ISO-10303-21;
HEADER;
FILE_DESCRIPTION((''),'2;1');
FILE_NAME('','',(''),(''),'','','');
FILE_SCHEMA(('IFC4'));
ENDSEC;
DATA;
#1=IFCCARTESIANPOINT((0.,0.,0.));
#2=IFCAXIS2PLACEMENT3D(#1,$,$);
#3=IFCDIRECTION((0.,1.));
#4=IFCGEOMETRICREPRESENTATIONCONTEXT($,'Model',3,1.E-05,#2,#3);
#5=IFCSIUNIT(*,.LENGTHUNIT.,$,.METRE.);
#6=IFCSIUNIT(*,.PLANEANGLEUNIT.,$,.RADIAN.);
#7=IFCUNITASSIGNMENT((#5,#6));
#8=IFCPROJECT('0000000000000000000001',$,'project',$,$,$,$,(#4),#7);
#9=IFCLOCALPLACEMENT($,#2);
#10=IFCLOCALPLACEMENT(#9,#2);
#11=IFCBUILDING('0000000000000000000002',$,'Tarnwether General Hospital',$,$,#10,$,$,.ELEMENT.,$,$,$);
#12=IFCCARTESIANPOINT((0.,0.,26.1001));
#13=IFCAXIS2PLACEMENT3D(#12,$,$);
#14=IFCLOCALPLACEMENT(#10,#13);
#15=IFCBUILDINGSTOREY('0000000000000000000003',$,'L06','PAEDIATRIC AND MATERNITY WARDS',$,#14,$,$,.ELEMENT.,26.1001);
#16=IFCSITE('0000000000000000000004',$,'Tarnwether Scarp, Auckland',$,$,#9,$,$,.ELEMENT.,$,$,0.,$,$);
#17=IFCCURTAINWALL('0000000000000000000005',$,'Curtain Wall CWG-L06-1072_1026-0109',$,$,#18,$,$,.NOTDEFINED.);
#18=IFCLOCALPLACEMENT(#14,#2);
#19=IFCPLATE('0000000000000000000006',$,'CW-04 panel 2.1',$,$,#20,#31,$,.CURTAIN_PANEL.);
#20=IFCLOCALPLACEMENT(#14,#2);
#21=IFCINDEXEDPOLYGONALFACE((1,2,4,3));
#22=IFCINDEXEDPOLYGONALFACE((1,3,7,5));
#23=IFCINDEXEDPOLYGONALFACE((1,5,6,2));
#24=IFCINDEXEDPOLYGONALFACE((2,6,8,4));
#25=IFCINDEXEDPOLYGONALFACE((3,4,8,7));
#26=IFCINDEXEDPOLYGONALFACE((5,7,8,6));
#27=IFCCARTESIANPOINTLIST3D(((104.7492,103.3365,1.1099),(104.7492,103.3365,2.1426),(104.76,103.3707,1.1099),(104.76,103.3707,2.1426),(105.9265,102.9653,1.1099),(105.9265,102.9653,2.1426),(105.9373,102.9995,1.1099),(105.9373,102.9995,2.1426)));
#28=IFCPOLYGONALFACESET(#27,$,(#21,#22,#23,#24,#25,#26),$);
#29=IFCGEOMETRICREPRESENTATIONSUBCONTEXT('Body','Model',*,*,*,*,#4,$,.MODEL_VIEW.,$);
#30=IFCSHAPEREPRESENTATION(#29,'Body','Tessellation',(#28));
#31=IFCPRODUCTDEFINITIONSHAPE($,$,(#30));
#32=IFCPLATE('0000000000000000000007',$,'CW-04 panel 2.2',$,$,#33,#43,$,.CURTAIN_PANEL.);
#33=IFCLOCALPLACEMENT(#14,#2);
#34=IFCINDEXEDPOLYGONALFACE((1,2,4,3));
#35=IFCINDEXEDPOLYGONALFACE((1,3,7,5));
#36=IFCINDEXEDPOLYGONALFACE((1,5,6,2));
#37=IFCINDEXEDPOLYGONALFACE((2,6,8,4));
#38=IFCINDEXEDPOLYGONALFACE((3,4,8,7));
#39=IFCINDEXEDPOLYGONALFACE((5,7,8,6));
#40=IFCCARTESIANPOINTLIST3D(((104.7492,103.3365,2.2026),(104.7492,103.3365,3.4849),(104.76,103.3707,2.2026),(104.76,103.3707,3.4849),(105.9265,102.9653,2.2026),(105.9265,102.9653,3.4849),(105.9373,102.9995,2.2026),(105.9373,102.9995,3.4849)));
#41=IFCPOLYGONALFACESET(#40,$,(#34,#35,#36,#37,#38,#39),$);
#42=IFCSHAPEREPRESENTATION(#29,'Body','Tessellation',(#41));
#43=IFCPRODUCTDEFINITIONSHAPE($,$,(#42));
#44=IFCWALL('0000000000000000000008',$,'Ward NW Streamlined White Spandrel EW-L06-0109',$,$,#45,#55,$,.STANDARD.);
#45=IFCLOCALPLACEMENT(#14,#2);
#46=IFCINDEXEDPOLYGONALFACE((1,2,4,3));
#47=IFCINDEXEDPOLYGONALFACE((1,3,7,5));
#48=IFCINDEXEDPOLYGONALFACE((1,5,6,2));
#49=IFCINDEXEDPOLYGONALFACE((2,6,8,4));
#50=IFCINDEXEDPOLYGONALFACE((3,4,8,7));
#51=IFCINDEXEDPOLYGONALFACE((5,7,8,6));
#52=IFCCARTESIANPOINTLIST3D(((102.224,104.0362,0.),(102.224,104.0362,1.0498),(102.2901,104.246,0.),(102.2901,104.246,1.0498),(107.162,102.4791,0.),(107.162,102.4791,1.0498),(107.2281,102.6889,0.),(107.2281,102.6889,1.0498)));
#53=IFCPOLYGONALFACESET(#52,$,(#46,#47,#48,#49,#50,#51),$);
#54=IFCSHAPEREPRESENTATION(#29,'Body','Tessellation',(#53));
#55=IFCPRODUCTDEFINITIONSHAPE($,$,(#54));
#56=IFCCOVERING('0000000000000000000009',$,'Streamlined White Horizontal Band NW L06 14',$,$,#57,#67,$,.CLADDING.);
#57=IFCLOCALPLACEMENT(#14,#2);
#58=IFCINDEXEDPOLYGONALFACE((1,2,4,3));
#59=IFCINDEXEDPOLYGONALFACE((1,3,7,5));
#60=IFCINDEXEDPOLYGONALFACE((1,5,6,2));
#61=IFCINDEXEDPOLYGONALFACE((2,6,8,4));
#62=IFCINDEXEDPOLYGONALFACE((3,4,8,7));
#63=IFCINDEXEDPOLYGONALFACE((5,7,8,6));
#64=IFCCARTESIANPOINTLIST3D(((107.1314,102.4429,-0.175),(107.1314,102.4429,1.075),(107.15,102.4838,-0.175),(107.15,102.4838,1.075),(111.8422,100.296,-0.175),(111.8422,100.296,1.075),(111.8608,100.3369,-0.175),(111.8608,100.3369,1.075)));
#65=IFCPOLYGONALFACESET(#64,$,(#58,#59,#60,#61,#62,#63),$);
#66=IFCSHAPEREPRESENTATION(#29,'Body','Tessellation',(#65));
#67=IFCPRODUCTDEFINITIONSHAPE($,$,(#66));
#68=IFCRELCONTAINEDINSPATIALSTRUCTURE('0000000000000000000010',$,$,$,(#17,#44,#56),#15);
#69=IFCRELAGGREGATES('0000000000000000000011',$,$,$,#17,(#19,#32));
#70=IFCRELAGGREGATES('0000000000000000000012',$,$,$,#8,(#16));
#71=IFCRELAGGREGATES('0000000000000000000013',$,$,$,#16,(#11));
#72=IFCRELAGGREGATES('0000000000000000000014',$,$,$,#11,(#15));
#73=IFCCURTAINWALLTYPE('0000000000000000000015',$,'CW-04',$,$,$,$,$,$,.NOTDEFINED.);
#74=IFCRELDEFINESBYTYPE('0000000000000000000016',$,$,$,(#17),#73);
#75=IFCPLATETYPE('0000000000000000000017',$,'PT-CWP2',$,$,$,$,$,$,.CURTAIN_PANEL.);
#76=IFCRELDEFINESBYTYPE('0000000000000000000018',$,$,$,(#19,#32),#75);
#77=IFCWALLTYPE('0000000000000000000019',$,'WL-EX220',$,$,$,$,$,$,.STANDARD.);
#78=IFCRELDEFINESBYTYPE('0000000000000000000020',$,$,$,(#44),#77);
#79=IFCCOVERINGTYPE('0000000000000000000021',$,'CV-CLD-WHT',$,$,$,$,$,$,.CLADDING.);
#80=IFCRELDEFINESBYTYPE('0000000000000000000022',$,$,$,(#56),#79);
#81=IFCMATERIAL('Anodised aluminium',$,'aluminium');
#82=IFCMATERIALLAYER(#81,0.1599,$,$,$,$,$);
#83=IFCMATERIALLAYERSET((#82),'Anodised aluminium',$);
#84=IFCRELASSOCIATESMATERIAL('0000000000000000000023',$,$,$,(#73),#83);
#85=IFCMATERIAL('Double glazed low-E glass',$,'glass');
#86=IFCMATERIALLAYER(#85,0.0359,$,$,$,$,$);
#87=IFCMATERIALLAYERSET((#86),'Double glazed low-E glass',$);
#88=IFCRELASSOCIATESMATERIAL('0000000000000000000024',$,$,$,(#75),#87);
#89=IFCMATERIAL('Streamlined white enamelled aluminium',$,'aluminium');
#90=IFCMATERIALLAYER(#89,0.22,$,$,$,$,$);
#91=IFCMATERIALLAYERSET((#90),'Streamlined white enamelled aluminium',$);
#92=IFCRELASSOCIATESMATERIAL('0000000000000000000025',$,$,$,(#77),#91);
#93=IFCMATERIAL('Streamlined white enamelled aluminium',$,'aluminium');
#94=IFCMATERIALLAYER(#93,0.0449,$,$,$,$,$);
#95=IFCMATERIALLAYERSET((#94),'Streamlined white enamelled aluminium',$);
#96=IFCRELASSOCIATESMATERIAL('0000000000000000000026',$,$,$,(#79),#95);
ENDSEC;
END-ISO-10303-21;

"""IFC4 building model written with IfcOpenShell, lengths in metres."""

from ifc_helpers import new_model, si_unit, direction, frame, frame_2d, origin, origin_2d, place, context, subcontext, project, spatial, rectangle, extrude, material, layer, layer_set, type_object, element, aggregate, save


model = new_model("IFC4")

# Units and contexts
model_context = context("Model", 3, precision=1e-05, world=origin(), true_north=direction((0.0, 1.0)))
body_context = subcontext(model_context, "Body", "Model", "MODEL_VIEW")
ifc_project = project(units=[si_unit("LENGTHUNIT", "METRE"), si_unit("PLANEANGLEUNIT", "RADIAN")], contexts=[model_context])

# Site, building, storey
site_placement = place(None, origin())
site = spatial("IfcSite", under=ifc_project, at=site_placement, Name="Tarnwether Scarp, Auckland", CompositionType="ELEMENT", RefElevation=0.0)
building_placement = place(site_placement, origin())
building = spatial("IfcBuilding", under=site, at=building_placement, Name="Tarnwether General Hospital", CompositionType="ELEMENT")
storey_placement = place(building_placement, frame((0.0, 0.0, 26.1001)))
storey = spatial("IfcBuildingStorey", under=building, at=storey_placement, Name="L06", Description="PAEDIATRIC AND MATERNITY WARDS", CompositionType="ELEMENT", Elevation=26.1001)

# Curtain wall
ifc_material_1 = material(Name="Anodised aluminium", Category="aluminium")
ifc_layer_1 = layer(ifc_material_1, 0.1599)
ifc_layer_set_1 = layer_set([ifc_layer_1], Name="Anodised aluminium")
curtain_wall_type = type_object("IfcCurtainWallType", Name="CW-04", PredefinedType="NOTDEFINED", material=ifc_layer_set_1)
curtain_wall_1_placement = place(storey_placement, origin())
curtain_wall_1 = element("IfcCurtainWall", 1, at=curtain_wall_1_placement, inside=storey, type_object=curtain_wall_type, Name="Curtain Wall CWG-L06-1072_1026-0109", PredefinedType="NOTDEFINED")

# Plates
ifc_material_2 = material(Name="Double glazed low-E glass", Category="glass")
ifc_layer_2 = layer(ifc_material_2, 0.0359)
ifc_layer_set_2 = layer_set([ifc_layer_2], Name="Double glazed low-E glass")
plate_type_1 = type_object("IfcPlateType", Name="PT-CWP2", PredefinedType="CURTAIN_PANEL", material=ifc_layer_set_2)
plate_1_placement = place(storey_placement, frame((105.3433, 103.168, 1.1099), z_axis=(0.0, 0.0, 1.0), x_axis=(-0.953714, 0.300715, 0.0)))
plate_1 = element("IfcPlate", 2, at=plate_1_placement, type_object=plate_type_1, Name="CW-04 panel 2.1", PredefinedType="CURTAIN_PANEL", context=body_context, shape_type="SweptSolid", body=[
    extrude(rectangle(XDim=1.2344, YDim=0.0359, at=origin_2d()), origin(), (0.0, 0.0, 1.0), 1.0327),
])
plate_2_placement = place(storey_placement, frame((105.3433, 103.168, 2.2026), z_axis=(0.0, 0.0, 1.0), x_axis=(-0.953714, 0.300715, 0.0)))
plate_2 = element("IfcPlate", 3, at=plate_2_placement, type_object=plate_type_1, Name="CW-04 panel 2.2", PredefinedType="CURTAIN_PANEL", context=body_context, shape_type="SweptSolid", body=[
    extrude(rectangle(XDim=1.2344, YDim=0.0359, at=origin_2d()), origin(), (0.0, 0.0, 1.0), 1.2822),
])
aggregate(curtain_wall_1, [plate_1, plate_2])

# Wall
ifc_material_3 = material(Name="Streamlined white enamelled aluminium", Category="aluminium")
ifc_layer_3 = layer(ifc_material_3, 0.22)
ifc_layer_set_3 = layer_set([ifc_layer_3], Name="Streamlined white enamelled aluminium")
wall_type = type_object("IfcWallType", Name="WL-EX220", PredefinedType="STANDARD", material=ifc_layer_set_3)
wall_placement = place(storey_placement, frame((107.1951, 102.584, 0.0), z_axis=(0.0, 0.0, 1.0), x_axis=(-0.953707, 0.300739, 0.0)))
element("IfcWall", 4, at=wall_placement, inside=storey, type_object=wall_type, Name="Ward NW Streamlined White Spandrel EW-L06-0109", PredefinedType="STANDARD", context=body_context, shape_type="SweptSolid", body=[
    extrude(rectangle(XDim=5.1777, YDim=0.22, at=frame_2d((2.5889, 0.0))), origin(), (0.0, 0.0, 1.0), 1.0498),
])

# Covering
ifc_material_4 = material(Name="Streamlined white enamelled aluminium", Category="aluminium")
ifc_layer_4 = layer(ifc_material_4, 0.0449)
ifc_layer_set_4 = layer_set([ifc_layer_4], Name="Streamlined white enamelled aluminium")
covering_type = type_object("IfcCoveringType", Name="CV-CLD-WHT", PredefinedType="CLADDING", material=ifc_layer_set_4)
covering_placement = place(storey_placement, frame((109.4961, 101.3899, -0.175), z_axis=(0.0, 0.0, 1.0), x_axis=(-0.909954, 0.414709, 0.0)))
element("IfcCovering", 5, at=covering_placement, inside=storey, type_object=covering_type, Name="Streamlined White Horizontal Band NW L06 14", PredefinedType="CLADDING", context=body_context, shape_type="SweptSolid", body=[
    extrude(rectangle(XDim=5.177, YDim=0.0449, at=origin_2d()), origin(), (0.0, 0.0, 1.0), 1.25),
])

save(model, "model.ifc")
